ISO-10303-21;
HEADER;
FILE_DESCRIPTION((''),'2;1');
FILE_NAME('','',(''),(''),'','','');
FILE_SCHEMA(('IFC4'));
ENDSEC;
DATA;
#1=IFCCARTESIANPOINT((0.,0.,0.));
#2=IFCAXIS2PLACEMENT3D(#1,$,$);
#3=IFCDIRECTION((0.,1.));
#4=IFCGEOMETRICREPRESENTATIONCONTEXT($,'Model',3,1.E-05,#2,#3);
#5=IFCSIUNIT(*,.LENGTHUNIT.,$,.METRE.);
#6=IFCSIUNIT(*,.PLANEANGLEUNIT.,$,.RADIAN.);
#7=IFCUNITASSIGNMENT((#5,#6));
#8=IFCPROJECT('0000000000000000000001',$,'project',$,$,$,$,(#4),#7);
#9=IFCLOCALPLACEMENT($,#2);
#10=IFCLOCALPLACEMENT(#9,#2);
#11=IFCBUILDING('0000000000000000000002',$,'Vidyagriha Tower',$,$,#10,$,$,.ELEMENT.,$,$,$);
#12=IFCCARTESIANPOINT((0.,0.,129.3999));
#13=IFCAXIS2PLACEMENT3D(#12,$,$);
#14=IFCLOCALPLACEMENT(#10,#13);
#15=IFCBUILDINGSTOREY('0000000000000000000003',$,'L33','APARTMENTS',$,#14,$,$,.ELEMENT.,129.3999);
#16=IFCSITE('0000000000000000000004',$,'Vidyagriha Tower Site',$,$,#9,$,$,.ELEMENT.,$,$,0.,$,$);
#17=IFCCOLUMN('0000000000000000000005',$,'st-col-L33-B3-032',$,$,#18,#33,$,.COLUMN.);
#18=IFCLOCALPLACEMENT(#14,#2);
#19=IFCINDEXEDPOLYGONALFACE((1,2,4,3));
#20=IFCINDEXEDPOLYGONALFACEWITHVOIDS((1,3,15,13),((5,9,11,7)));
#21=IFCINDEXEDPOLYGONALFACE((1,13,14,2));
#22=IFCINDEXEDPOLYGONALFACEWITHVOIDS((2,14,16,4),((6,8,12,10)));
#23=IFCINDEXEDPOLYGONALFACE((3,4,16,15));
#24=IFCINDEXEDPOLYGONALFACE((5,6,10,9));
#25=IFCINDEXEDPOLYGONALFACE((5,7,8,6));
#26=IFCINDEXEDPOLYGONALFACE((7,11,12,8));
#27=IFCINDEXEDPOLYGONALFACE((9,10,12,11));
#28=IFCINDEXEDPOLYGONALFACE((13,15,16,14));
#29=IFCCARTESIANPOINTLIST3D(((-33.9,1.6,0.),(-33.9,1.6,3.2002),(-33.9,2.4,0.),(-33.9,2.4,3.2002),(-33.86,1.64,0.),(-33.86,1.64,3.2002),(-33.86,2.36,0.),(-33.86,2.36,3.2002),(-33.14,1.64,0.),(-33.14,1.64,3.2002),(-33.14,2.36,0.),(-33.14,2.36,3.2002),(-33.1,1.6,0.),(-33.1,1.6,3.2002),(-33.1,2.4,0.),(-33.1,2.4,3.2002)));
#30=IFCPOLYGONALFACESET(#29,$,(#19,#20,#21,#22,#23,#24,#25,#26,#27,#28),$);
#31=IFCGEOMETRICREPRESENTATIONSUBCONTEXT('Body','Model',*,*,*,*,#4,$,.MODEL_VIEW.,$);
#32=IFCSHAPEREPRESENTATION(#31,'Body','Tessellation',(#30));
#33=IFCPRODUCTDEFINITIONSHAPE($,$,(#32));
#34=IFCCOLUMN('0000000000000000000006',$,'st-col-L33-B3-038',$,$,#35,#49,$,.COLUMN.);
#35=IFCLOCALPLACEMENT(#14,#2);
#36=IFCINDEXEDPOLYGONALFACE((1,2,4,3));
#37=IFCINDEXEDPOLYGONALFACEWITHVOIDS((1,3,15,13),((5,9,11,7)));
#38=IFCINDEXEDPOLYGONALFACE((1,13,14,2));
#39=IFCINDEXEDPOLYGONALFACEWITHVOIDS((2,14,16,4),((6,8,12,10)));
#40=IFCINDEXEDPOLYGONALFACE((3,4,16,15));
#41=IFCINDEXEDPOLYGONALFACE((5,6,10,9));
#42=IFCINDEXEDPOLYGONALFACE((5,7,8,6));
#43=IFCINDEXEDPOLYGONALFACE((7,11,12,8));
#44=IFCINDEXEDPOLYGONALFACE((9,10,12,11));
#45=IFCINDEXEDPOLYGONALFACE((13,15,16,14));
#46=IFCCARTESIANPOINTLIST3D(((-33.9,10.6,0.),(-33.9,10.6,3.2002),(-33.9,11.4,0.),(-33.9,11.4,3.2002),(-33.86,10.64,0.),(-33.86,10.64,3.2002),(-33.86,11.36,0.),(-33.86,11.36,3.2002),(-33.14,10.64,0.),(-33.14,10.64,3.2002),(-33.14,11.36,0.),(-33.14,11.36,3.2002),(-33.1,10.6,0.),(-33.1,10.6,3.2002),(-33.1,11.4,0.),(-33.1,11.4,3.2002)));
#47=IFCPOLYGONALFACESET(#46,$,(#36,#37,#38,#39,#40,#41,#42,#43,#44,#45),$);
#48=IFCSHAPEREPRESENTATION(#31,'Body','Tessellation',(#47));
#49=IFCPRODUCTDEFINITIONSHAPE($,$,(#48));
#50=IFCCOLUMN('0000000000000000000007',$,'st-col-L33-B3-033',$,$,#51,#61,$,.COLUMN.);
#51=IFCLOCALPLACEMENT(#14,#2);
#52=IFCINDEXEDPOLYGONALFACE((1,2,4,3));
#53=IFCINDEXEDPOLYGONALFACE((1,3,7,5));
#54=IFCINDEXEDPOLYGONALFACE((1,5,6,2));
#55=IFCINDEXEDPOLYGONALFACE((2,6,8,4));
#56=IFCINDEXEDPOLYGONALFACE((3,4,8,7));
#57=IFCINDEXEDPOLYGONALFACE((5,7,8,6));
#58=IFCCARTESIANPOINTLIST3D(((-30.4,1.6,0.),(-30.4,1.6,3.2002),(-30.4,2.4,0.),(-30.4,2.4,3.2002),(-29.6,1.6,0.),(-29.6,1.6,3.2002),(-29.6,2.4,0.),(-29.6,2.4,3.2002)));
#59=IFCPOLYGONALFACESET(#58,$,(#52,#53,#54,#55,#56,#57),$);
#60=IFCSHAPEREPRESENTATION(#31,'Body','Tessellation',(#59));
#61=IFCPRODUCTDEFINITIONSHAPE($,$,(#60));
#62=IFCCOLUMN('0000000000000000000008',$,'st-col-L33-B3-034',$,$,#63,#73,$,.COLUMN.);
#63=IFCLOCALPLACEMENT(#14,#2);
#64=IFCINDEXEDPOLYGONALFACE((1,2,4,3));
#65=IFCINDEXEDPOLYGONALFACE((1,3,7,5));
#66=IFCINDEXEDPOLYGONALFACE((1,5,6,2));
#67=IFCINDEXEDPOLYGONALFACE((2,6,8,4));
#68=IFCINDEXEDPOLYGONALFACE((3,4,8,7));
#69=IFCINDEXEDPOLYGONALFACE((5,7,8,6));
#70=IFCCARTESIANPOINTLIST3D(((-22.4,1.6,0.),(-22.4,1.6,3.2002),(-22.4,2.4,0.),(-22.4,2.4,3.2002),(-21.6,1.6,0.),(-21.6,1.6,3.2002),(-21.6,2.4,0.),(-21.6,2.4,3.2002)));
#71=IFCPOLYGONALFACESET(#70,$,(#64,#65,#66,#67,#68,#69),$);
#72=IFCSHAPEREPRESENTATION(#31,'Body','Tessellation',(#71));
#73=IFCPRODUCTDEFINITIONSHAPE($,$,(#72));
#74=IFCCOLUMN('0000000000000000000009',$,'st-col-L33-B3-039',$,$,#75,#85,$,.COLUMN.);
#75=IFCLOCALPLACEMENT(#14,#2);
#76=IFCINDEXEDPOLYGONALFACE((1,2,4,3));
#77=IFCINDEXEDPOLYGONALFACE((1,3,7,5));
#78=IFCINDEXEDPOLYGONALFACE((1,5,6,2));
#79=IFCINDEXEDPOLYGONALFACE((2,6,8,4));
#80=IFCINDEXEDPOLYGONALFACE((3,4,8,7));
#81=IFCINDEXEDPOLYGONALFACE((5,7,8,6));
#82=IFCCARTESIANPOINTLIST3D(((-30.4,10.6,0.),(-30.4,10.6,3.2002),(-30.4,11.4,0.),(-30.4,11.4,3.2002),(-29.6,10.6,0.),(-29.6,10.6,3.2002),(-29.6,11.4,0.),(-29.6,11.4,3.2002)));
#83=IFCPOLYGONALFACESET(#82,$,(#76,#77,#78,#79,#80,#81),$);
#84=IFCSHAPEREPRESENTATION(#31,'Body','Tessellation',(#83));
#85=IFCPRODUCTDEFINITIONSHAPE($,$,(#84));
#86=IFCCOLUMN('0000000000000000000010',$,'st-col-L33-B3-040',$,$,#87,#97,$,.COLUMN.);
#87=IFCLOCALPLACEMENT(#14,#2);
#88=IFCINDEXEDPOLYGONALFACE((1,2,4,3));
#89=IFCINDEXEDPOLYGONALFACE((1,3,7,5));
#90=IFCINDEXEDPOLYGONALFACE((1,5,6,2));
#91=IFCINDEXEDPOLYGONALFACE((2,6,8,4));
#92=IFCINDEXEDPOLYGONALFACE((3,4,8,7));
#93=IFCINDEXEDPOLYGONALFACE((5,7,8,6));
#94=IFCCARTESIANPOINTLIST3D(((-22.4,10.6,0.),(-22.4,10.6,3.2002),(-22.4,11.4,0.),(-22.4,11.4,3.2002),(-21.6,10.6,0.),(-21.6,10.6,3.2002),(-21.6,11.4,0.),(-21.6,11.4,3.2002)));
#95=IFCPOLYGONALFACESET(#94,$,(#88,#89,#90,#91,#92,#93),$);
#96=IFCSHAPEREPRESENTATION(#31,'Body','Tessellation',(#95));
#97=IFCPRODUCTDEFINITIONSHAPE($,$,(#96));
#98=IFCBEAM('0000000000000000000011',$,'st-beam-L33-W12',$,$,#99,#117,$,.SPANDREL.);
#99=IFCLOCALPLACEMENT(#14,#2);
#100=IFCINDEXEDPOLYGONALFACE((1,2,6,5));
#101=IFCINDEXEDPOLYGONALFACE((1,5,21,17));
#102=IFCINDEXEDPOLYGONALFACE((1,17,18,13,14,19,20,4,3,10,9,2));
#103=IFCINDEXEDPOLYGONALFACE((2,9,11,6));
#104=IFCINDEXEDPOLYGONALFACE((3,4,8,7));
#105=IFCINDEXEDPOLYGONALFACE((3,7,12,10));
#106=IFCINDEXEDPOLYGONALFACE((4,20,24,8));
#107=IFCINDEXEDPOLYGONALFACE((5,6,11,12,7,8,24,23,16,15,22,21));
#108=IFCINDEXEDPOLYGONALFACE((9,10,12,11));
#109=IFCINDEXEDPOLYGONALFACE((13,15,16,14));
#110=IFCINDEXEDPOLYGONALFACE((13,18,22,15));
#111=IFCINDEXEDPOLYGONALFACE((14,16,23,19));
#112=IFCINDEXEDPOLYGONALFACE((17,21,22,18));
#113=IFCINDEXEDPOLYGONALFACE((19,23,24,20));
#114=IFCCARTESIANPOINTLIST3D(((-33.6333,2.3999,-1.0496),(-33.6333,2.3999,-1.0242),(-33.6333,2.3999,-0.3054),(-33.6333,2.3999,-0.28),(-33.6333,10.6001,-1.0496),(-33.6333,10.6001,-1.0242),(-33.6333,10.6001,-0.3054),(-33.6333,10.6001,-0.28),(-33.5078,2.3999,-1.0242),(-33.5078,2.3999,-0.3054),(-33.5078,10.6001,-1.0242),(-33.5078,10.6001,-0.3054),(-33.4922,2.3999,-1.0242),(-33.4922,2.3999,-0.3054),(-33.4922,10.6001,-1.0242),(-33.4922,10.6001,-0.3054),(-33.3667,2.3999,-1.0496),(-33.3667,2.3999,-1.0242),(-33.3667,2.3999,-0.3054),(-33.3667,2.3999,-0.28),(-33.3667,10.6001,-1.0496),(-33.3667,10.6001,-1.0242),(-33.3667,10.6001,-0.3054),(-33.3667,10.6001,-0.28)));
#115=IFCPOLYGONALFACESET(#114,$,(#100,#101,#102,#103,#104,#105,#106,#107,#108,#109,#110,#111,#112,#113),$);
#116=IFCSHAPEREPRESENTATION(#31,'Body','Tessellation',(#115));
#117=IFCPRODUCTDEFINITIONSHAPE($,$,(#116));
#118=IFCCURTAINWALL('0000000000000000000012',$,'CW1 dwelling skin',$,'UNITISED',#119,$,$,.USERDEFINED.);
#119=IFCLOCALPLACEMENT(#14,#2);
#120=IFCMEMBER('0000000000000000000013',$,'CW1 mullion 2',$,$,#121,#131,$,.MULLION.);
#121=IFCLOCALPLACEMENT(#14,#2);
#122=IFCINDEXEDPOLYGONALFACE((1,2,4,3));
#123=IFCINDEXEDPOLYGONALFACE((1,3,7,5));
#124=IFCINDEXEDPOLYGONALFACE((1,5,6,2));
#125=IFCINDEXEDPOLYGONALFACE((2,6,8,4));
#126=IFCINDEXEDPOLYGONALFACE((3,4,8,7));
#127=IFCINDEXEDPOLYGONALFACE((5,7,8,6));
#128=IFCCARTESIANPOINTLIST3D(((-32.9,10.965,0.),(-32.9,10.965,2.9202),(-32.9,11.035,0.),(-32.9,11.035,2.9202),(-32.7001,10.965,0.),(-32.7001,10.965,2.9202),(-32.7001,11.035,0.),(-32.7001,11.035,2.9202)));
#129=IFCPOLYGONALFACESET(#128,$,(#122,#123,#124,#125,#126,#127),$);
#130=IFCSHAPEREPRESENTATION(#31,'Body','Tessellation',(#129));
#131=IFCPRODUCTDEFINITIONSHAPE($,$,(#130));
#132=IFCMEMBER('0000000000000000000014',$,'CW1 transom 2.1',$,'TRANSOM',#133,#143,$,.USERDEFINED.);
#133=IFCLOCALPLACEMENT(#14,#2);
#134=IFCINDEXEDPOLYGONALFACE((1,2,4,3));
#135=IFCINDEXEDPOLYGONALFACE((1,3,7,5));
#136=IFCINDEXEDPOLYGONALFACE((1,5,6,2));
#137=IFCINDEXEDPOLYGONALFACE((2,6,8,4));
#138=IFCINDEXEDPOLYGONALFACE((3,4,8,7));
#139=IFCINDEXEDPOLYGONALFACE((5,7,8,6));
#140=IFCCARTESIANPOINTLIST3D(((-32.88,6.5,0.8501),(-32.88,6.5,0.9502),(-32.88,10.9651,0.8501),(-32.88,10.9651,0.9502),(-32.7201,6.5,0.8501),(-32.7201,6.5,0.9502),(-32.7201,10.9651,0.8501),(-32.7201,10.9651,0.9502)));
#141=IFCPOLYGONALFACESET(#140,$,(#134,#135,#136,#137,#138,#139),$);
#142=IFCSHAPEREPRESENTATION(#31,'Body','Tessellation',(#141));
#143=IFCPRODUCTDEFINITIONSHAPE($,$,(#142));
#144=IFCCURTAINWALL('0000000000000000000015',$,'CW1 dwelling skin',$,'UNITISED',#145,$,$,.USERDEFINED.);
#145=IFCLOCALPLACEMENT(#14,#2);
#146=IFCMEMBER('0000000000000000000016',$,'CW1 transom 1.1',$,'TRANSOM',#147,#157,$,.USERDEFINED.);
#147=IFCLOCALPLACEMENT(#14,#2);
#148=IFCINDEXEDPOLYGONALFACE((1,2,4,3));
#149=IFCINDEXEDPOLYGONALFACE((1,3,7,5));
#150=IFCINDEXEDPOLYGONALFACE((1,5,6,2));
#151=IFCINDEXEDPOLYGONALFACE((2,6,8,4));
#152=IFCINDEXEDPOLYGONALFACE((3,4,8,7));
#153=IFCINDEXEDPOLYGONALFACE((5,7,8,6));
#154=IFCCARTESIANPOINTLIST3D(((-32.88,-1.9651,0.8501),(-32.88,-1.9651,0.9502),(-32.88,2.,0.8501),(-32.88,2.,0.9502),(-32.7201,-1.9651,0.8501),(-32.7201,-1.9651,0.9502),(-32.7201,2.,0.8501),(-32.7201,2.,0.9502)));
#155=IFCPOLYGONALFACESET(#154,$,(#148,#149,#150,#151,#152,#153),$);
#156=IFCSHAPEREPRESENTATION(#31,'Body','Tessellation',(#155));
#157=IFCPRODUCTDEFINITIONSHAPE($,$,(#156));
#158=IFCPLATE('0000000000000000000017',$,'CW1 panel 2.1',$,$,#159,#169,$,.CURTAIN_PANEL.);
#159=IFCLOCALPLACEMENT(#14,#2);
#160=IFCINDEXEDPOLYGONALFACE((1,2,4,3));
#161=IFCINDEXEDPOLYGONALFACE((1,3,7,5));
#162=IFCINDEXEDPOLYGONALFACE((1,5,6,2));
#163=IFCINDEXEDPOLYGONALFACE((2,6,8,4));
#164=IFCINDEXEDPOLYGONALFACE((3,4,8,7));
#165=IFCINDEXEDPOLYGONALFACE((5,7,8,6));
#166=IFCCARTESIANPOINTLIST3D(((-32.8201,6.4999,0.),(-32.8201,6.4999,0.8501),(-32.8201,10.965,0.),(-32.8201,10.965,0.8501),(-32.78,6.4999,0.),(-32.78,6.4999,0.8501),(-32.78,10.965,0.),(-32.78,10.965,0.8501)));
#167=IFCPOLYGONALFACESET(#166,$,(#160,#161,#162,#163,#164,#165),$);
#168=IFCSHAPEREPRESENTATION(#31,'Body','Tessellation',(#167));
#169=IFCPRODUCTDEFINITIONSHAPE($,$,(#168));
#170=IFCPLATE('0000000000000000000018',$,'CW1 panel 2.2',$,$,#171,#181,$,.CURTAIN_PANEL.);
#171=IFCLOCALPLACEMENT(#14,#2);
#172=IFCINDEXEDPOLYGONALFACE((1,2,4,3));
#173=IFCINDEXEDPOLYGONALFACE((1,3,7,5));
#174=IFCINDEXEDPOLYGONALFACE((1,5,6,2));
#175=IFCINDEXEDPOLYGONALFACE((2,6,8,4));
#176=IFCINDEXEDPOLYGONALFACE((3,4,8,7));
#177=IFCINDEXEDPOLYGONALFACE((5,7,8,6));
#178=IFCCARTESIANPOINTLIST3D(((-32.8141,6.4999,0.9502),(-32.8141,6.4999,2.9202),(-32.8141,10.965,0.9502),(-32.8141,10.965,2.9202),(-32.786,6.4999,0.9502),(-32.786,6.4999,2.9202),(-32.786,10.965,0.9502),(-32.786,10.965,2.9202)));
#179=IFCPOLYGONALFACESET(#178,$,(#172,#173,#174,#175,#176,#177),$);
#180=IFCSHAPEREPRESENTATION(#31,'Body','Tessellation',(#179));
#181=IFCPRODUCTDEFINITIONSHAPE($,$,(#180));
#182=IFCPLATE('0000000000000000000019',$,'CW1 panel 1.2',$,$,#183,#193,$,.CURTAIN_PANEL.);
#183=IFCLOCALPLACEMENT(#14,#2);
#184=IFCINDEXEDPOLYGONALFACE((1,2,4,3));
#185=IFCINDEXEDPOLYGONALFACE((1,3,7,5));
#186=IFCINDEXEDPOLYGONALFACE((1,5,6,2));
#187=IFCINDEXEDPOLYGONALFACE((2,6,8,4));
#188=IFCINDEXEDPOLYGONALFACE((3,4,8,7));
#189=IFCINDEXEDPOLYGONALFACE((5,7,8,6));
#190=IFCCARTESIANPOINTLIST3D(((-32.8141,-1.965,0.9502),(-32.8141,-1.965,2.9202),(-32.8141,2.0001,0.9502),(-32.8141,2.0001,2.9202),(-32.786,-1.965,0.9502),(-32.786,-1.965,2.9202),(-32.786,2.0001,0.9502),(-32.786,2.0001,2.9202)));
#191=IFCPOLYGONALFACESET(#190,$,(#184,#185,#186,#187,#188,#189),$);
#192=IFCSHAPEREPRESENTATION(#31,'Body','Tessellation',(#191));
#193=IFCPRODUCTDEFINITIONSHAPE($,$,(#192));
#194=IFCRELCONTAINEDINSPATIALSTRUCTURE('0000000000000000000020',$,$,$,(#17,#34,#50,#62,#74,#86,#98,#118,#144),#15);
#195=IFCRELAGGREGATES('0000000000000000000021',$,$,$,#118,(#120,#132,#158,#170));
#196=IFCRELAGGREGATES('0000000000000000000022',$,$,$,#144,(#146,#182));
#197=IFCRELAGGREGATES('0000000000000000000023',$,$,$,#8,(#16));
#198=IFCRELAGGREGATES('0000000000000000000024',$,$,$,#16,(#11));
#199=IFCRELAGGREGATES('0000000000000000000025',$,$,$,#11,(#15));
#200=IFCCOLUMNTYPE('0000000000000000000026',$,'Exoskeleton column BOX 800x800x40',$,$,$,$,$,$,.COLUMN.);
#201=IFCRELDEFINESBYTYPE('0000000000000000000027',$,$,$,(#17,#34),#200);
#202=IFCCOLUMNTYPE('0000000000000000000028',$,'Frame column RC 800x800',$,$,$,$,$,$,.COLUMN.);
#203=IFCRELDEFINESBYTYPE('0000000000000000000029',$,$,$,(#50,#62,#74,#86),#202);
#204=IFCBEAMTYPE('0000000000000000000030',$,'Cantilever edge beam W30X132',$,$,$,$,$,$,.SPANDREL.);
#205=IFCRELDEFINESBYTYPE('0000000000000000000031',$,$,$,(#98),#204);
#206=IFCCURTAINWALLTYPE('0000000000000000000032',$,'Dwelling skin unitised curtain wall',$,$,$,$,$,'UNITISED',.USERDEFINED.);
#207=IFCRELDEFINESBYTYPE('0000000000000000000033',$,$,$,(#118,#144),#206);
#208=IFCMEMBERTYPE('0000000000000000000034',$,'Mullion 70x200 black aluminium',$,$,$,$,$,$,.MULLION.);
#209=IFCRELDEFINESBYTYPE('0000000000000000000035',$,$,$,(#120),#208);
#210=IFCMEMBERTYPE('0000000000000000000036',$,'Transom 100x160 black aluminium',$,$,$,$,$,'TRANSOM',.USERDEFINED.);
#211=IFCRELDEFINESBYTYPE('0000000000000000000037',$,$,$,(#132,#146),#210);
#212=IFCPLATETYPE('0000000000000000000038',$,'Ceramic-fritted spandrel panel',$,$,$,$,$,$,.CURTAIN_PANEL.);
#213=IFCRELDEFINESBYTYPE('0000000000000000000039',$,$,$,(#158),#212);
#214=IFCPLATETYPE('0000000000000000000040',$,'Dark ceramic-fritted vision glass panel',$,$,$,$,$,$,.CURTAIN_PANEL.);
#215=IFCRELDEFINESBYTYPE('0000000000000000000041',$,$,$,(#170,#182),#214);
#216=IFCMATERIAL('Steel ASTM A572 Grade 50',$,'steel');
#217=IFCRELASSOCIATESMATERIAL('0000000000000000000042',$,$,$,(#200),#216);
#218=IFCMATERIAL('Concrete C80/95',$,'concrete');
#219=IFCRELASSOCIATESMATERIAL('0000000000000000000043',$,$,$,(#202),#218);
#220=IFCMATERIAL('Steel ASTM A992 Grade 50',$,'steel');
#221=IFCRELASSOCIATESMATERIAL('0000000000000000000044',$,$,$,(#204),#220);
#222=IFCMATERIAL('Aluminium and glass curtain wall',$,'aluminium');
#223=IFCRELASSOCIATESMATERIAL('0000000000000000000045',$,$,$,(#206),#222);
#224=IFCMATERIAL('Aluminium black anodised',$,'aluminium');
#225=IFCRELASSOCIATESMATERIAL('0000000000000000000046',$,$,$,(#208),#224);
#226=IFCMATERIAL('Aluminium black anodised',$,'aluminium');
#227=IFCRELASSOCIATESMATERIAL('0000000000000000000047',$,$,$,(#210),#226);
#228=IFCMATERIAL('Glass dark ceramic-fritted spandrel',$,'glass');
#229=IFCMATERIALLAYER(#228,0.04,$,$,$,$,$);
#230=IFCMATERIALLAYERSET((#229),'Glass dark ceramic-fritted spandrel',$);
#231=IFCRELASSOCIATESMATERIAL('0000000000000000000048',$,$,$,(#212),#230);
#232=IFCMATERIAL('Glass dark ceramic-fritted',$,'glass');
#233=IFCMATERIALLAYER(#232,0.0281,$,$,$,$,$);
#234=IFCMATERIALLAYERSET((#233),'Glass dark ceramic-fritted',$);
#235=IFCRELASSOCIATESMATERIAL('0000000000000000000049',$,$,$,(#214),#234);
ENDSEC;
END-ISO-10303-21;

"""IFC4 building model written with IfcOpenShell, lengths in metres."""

from ifc_helpers import new_model, si_unit, direction, frame, origin, origin_2d, place, context, subcontext, project, spatial, rectangle, hollow_rectangle, i_section, extrude, material, layer, layer_set, material_profile, profile_set, type_object, element, aggregate, save


model = new_model("IFC4")

# Units and contexts
model_context = context("Model", 3, precision=1e-05, world=origin(), true_north=direction((0.0, 1.0)))
body_context = subcontext(model_context, "Body", "Model", "MODEL_VIEW")
ifc_project = project(units=[si_unit("LENGTHUNIT", "METRE"), si_unit("PLANEANGLEUNIT", "RADIAN")], contexts=[model_context])

# Site, building, storey
site_placement = place(None, origin())
site = spatial("IfcSite", under=ifc_project, at=site_placement, Name="Vidyagriha Tower Site", CompositionType="ELEMENT", RefElevation=0.0)
building_placement = place(site_placement, origin())
building = spatial("IfcBuilding", under=site, at=building_placement, Name="Vidyagriha Tower", CompositionType="ELEMENT")
storey_placement = place(building_placement, frame((0.0, 0.0, 129.3999)))
storey = spatial("IfcBuildingStorey", under=building, at=storey_placement, Name="L33", Description="APARTMENTS", CompositionType="ELEMENT", Elevation=129.3999)

# Columns
ifc_material_1 = material(Name="Steel ASTM A572 Grade 50", Category="steel")
ifc_material_profile_1 = material_profile(ifc_material_1, hollow_rectangle(XDim=0.8, YDim=0.8, WallThickness=0.04, at=origin_2d()), Name="BOX 800x800x40")
ifc_profile_set_1 = profile_set([ifc_material_profile_1], Name="Steel ASTM A572 Grade 50")
column_type_1 = type_object("IfcColumnType", Name="Exoskeleton column BOX 800x800x40", PredefinedType="COLUMN", material=ifc_profile_set_1)
for number, where, name in (
    (1, (-33.5, 2.0, 0.0), "st-col-L33-B3-032"),
    (2, (-33.5, 11.0, 0.0), "st-col-L33-B3-038"),
):
    element("IfcColumn", number, at=place(storey_placement, frame(where)), inside=storey, type_object=column_type_1, Name=name, PredefinedType="COLUMN", context=body_context, shape_type="SweptSolid", body=[
        extrude(hollow_rectangle(XDim=0.8, YDim=0.8, WallThickness=0.04, at=origin_2d()), origin(), (0.0, 0.0, 1.0), 3.2002),
    ])
ifc_material_2 = material(Name="Concrete C80/95", Category="concrete")
ifc_material_profile_2 = material_profile(ifc_material_2, rectangle(XDim=0.8, YDim=0.8, at=origin_2d()), Name="RC 800x800")
ifc_profile_set_2 = profile_set([ifc_material_profile_2], Name="Concrete C80/95")
column_type_2 = type_object("IfcColumnType", Name="Frame column RC 800x800", PredefinedType="COLUMN", material=ifc_profile_set_2)
for number, where, name in (
    (3, (-30.0, 2.0, 0.0), "st-col-L33-B3-033"),
    (4, (-22.0, 2.0, 0.0), "st-col-L33-B3-034"),
    (5, (-30.0, 11.0, 0.0), "st-col-L33-B3-039"),
    (6, (-22.0, 11.0, 0.0), "st-col-L33-B3-040"),
):
    element("IfcColumn", number, at=place(storey_placement, frame(where)), inside=storey, type_object=column_type_2, Name=name, PredefinedType="COLUMN", context=body_context, shape_type="SweptSolid", body=[
        extrude(rectangle(XDim=0.8, YDim=0.8, at=origin_2d()), origin(), (0.0, 0.0, 1.0), 3.2002),
    ])

# Beam
ifc_material_3 = material(Name="Steel ASTM A992 Grade 50", Category="steel")
ifc_material_profile_3 = material_profile(ifc_material_3, i_section(OverallWidth=0.2666, OverallDepth=0.7695, WebThickness=0.0156, FlangeThickness=0.0254, at=origin_2d()), Name="W30X132")
ifc_profile_set_3 = profile_set([ifc_material_profile_3], Name="Steel ASTM A992 Grade 50")
beam_type = type_object("IfcBeamType", Name="Cantilever edge beam W30X132", PredefinedType="SPANDREL", material=ifc_profile_set_3)
beam_placement = place(storey_placement, frame((-33.5, 2.3999, -0.6648), z_axis=(0.0, 1.0, 0.0), x_axis=(-1.0, 0.0, 0.0)))
element("IfcBeam", 7, at=beam_placement, inside=storey, type_object=beam_type, Name="st-beam-L33-W12", PredefinedType="SPANDREL", context=body_context, shape_type="SweptSolid", body=[
    extrude(i_section(OverallWidth=0.2666, OverallDepth=0.7695, WebThickness=0.0156, FlangeThickness=0.0254, at=origin_2d()), origin(), (0.0, 0.0, 1.0), 8.2002),
])

# Curtain wall, members
ifc_material_4 = material(Name="Aluminium and glass curtain wall", Category="aluminium")
curtain_wall_type = type_object("IfcCurtainWallType", Name="Dwelling skin unitised curtain wall", ElementType="UNITISED", PredefinedType="USERDEFINED", material=ifc_material_4)
curtain_wall_1_placement = place(storey_placement, origin())
curtain_wall_1 = element("IfcCurtainWall", 8, at=curtain_wall_1_placement, inside=storey, type_object=curtain_wall_type, Name="CW1 dwelling skin", ObjectType="UNITISED", PredefinedType="USERDEFINED")
ifc_material_5 = material(Name="Aluminium black anodised", Category="aluminium")
ifc_material_profile_4 = material_profile(ifc_material_5, rectangle(XDim=0.2, YDim=0.0701, at=origin_2d()), Name="Mullion 70x200 black aluminium")
ifc_profile_set_4 = profile_set([ifc_material_profile_4], Name="Aluminium black anodised")
member_type_1 = type_object("IfcMemberType", Name="Mullion 70x200 black aluminium", PredefinedType="MULLION", material=ifc_profile_set_4)
member_1_placement = place(storey_placement, frame((-32.8, 11.0, 0.0)))
member_1 = element("IfcMember", 9, at=member_1_placement, type_object=member_type_1, Name="CW1 mullion 2", PredefinedType="MULLION", context=body_context, shape_type="SweptSolid", body=[
    extrude(rectangle(XDim=0.2, YDim=0.0701, at=origin_2d()), origin(), (0.0, 0.0, 1.0), 2.9202),
])
ifc_material_6 = material(Name="Aluminium black anodised", Category="aluminium")
ifc_material_profile_5 = material_profile(ifc_material_6, rectangle(XDim=0.1599, YDim=0.1001, at=origin_2d()), Name="Transom 100x160 black aluminium")
ifc_profile_set_5 = profile_set([ifc_material_profile_5], Name="Aluminium black anodised")
member_type_2 = type_object("IfcMemberType", Name="Transom 100x160 black aluminium", ElementType="TRANSOM", PredefinedType="USERDEFINED", material=ifc_profile_set_5)
member_2_placement = place(storey_placement, frame((-32.8, 10.9651, 0.9001), z_axis=(0.0, -1.0, 0.0), x_axis=(1.0, 0.0, 0.0)))
member_2 = element("IfcMember", 10, at=member_2_placement, type_object=member_type_2, Name="CW1 transom 2.1", ObjectType="TRANSOM", PredefinedType="USERDEFINED", context=body_context, shape_type="SweptSolid", body=[
    extrude(rectangle(XDim=0.1599, YDim=0.1001, at=origin_2d()), origin(), (0.0, 0.0, 1.0), 4.4651),
])

# Curtain wall, member
curtain_wall_2_placement = place(storey_placement, origin())
curtain_wall_2 = element("IfcCurtainWall", 11, at=curtain_wall_2_placement, inside=storey, type_object=curtain_wall_type, Name="CW1 dwelling skin", ObjectType="UNITISED", PredefinedType="USERDEFINED")
member_3_placement = place(storey_placement, frame((-32.8, 2.0, 0.9001), z_axis=(0.0, -1.0, 0.0), x_axis=(1.0, 0.0, 0.0)))
member_3 = element("IfcMember", 12, at=member_3_placement, type_object=member_type_2, Name="CW1 transom 1.1", ObjectType="TRANSOM", PredefinedType="USERDEFINED", context=body_context, shape_type="SweptSolid", body=[
    extrude(rectangle(XDim=0.1599, YDim=0.1001, at=origin_2d()), origin(), (0.0, 0.0, 1.0), 3.9651),
])

# Plates
ifc_material_7 = material(Name="Glass dark ceramic-fritted spandrel", Category="glass")
ifc_layer_1 = layer(ifc_material_7, 0.04)
ifc_layer_set_1 = layer_set([ifc_layer_1], Name="Glass dark ceramic-fritted spandrel")
plate_type_1 = type_object("IfcPlateType", Name="Ceramic-fritted spandrel panel", PredefinedType="CURTAIN_PANEL", material=ifc_layer_set_1)
plate_1_placement = place(storey_placement, frame((-32.8, 8.7324, 0.0), z_axis=(0.0, 0.0, 1.0), x_axis=(0.0, -1.0, 0.0)))
plate_1 = element("IfcPlate", 13, at=plate_1_placement, type_object=plate_type_1, Name="CW1 panel 2.1", PredefinedType="CURTAIN_PANEL", context=body_context, shape_type="SweptSolid", body=[
    extrude(rectangle(XDim=4.4651, YDim=0.04, at=origin_2d()), origin(), (0.0, 0.0, 1.0), 0.8501),
])
ifc_material_8 = material(Name="Glass dark ceramic-fritted", Category="glass")
ifc_layer_2 = layer(ifc_material_8, 0.0281)
ifc_layer_set_2 = layer_set([ifc_layer_2], Name="Glass dark ceramic-fritted")
plate_type_2 = type_object("IfcPlateType", Name="Dark ceramic-fritted vision glass panel", PredefinedType="CURTAIN_PANEL", material=ifc_layer_set_2)
plate_2_placement = place(storey_placement, frame((-32.8, 8.7324, 0.9502), z_axis=(0.0, 0.0, 1.0), x_axis=(0.0, -1.0, 0.0)))
plate_2 = element("IfcPlate", 14, at=plate_2_placement, type_object=plate_type_2, Name="CW1 panel 2.2", PredefinedType="CURTAIN_PANEL", context=body_context, shape_type="SweptSolid", body=[
    extrude(rectangle(XDim=4.4651, YDim=0.0281, at=origin_2d()), origin(), (0.0, 0.0, 1.0), 1.97),
])
aggregate(curtain_wall_1, [member_1, member_2, plate_1, plate_2])
plate_3_placement = place(storey_placement, frame((-32.8, 0.0176, 0.9502), z_axis=(0.0, 0.0, 1.0), x_axis=(0.0, -1.0, 0.0)))
plate_3 = element("IfcPlate", 15, at=plate_3_placement, type_object=plate_type_2, Name="CW1 panel 1.2", PredefinedType="CURTAIN_PANEL", context=body_context, shape_type="SweptSolid", body=[
    extrude(rectangle(XDim=3.9651, YDim=0.0281, at=origin_2d()), origin(), (0.0, 0.0, 1.0), 1.97),
])
aggregate(curtain_wall_2, [member_3, plate_3])

save(model, "model.ifc")
